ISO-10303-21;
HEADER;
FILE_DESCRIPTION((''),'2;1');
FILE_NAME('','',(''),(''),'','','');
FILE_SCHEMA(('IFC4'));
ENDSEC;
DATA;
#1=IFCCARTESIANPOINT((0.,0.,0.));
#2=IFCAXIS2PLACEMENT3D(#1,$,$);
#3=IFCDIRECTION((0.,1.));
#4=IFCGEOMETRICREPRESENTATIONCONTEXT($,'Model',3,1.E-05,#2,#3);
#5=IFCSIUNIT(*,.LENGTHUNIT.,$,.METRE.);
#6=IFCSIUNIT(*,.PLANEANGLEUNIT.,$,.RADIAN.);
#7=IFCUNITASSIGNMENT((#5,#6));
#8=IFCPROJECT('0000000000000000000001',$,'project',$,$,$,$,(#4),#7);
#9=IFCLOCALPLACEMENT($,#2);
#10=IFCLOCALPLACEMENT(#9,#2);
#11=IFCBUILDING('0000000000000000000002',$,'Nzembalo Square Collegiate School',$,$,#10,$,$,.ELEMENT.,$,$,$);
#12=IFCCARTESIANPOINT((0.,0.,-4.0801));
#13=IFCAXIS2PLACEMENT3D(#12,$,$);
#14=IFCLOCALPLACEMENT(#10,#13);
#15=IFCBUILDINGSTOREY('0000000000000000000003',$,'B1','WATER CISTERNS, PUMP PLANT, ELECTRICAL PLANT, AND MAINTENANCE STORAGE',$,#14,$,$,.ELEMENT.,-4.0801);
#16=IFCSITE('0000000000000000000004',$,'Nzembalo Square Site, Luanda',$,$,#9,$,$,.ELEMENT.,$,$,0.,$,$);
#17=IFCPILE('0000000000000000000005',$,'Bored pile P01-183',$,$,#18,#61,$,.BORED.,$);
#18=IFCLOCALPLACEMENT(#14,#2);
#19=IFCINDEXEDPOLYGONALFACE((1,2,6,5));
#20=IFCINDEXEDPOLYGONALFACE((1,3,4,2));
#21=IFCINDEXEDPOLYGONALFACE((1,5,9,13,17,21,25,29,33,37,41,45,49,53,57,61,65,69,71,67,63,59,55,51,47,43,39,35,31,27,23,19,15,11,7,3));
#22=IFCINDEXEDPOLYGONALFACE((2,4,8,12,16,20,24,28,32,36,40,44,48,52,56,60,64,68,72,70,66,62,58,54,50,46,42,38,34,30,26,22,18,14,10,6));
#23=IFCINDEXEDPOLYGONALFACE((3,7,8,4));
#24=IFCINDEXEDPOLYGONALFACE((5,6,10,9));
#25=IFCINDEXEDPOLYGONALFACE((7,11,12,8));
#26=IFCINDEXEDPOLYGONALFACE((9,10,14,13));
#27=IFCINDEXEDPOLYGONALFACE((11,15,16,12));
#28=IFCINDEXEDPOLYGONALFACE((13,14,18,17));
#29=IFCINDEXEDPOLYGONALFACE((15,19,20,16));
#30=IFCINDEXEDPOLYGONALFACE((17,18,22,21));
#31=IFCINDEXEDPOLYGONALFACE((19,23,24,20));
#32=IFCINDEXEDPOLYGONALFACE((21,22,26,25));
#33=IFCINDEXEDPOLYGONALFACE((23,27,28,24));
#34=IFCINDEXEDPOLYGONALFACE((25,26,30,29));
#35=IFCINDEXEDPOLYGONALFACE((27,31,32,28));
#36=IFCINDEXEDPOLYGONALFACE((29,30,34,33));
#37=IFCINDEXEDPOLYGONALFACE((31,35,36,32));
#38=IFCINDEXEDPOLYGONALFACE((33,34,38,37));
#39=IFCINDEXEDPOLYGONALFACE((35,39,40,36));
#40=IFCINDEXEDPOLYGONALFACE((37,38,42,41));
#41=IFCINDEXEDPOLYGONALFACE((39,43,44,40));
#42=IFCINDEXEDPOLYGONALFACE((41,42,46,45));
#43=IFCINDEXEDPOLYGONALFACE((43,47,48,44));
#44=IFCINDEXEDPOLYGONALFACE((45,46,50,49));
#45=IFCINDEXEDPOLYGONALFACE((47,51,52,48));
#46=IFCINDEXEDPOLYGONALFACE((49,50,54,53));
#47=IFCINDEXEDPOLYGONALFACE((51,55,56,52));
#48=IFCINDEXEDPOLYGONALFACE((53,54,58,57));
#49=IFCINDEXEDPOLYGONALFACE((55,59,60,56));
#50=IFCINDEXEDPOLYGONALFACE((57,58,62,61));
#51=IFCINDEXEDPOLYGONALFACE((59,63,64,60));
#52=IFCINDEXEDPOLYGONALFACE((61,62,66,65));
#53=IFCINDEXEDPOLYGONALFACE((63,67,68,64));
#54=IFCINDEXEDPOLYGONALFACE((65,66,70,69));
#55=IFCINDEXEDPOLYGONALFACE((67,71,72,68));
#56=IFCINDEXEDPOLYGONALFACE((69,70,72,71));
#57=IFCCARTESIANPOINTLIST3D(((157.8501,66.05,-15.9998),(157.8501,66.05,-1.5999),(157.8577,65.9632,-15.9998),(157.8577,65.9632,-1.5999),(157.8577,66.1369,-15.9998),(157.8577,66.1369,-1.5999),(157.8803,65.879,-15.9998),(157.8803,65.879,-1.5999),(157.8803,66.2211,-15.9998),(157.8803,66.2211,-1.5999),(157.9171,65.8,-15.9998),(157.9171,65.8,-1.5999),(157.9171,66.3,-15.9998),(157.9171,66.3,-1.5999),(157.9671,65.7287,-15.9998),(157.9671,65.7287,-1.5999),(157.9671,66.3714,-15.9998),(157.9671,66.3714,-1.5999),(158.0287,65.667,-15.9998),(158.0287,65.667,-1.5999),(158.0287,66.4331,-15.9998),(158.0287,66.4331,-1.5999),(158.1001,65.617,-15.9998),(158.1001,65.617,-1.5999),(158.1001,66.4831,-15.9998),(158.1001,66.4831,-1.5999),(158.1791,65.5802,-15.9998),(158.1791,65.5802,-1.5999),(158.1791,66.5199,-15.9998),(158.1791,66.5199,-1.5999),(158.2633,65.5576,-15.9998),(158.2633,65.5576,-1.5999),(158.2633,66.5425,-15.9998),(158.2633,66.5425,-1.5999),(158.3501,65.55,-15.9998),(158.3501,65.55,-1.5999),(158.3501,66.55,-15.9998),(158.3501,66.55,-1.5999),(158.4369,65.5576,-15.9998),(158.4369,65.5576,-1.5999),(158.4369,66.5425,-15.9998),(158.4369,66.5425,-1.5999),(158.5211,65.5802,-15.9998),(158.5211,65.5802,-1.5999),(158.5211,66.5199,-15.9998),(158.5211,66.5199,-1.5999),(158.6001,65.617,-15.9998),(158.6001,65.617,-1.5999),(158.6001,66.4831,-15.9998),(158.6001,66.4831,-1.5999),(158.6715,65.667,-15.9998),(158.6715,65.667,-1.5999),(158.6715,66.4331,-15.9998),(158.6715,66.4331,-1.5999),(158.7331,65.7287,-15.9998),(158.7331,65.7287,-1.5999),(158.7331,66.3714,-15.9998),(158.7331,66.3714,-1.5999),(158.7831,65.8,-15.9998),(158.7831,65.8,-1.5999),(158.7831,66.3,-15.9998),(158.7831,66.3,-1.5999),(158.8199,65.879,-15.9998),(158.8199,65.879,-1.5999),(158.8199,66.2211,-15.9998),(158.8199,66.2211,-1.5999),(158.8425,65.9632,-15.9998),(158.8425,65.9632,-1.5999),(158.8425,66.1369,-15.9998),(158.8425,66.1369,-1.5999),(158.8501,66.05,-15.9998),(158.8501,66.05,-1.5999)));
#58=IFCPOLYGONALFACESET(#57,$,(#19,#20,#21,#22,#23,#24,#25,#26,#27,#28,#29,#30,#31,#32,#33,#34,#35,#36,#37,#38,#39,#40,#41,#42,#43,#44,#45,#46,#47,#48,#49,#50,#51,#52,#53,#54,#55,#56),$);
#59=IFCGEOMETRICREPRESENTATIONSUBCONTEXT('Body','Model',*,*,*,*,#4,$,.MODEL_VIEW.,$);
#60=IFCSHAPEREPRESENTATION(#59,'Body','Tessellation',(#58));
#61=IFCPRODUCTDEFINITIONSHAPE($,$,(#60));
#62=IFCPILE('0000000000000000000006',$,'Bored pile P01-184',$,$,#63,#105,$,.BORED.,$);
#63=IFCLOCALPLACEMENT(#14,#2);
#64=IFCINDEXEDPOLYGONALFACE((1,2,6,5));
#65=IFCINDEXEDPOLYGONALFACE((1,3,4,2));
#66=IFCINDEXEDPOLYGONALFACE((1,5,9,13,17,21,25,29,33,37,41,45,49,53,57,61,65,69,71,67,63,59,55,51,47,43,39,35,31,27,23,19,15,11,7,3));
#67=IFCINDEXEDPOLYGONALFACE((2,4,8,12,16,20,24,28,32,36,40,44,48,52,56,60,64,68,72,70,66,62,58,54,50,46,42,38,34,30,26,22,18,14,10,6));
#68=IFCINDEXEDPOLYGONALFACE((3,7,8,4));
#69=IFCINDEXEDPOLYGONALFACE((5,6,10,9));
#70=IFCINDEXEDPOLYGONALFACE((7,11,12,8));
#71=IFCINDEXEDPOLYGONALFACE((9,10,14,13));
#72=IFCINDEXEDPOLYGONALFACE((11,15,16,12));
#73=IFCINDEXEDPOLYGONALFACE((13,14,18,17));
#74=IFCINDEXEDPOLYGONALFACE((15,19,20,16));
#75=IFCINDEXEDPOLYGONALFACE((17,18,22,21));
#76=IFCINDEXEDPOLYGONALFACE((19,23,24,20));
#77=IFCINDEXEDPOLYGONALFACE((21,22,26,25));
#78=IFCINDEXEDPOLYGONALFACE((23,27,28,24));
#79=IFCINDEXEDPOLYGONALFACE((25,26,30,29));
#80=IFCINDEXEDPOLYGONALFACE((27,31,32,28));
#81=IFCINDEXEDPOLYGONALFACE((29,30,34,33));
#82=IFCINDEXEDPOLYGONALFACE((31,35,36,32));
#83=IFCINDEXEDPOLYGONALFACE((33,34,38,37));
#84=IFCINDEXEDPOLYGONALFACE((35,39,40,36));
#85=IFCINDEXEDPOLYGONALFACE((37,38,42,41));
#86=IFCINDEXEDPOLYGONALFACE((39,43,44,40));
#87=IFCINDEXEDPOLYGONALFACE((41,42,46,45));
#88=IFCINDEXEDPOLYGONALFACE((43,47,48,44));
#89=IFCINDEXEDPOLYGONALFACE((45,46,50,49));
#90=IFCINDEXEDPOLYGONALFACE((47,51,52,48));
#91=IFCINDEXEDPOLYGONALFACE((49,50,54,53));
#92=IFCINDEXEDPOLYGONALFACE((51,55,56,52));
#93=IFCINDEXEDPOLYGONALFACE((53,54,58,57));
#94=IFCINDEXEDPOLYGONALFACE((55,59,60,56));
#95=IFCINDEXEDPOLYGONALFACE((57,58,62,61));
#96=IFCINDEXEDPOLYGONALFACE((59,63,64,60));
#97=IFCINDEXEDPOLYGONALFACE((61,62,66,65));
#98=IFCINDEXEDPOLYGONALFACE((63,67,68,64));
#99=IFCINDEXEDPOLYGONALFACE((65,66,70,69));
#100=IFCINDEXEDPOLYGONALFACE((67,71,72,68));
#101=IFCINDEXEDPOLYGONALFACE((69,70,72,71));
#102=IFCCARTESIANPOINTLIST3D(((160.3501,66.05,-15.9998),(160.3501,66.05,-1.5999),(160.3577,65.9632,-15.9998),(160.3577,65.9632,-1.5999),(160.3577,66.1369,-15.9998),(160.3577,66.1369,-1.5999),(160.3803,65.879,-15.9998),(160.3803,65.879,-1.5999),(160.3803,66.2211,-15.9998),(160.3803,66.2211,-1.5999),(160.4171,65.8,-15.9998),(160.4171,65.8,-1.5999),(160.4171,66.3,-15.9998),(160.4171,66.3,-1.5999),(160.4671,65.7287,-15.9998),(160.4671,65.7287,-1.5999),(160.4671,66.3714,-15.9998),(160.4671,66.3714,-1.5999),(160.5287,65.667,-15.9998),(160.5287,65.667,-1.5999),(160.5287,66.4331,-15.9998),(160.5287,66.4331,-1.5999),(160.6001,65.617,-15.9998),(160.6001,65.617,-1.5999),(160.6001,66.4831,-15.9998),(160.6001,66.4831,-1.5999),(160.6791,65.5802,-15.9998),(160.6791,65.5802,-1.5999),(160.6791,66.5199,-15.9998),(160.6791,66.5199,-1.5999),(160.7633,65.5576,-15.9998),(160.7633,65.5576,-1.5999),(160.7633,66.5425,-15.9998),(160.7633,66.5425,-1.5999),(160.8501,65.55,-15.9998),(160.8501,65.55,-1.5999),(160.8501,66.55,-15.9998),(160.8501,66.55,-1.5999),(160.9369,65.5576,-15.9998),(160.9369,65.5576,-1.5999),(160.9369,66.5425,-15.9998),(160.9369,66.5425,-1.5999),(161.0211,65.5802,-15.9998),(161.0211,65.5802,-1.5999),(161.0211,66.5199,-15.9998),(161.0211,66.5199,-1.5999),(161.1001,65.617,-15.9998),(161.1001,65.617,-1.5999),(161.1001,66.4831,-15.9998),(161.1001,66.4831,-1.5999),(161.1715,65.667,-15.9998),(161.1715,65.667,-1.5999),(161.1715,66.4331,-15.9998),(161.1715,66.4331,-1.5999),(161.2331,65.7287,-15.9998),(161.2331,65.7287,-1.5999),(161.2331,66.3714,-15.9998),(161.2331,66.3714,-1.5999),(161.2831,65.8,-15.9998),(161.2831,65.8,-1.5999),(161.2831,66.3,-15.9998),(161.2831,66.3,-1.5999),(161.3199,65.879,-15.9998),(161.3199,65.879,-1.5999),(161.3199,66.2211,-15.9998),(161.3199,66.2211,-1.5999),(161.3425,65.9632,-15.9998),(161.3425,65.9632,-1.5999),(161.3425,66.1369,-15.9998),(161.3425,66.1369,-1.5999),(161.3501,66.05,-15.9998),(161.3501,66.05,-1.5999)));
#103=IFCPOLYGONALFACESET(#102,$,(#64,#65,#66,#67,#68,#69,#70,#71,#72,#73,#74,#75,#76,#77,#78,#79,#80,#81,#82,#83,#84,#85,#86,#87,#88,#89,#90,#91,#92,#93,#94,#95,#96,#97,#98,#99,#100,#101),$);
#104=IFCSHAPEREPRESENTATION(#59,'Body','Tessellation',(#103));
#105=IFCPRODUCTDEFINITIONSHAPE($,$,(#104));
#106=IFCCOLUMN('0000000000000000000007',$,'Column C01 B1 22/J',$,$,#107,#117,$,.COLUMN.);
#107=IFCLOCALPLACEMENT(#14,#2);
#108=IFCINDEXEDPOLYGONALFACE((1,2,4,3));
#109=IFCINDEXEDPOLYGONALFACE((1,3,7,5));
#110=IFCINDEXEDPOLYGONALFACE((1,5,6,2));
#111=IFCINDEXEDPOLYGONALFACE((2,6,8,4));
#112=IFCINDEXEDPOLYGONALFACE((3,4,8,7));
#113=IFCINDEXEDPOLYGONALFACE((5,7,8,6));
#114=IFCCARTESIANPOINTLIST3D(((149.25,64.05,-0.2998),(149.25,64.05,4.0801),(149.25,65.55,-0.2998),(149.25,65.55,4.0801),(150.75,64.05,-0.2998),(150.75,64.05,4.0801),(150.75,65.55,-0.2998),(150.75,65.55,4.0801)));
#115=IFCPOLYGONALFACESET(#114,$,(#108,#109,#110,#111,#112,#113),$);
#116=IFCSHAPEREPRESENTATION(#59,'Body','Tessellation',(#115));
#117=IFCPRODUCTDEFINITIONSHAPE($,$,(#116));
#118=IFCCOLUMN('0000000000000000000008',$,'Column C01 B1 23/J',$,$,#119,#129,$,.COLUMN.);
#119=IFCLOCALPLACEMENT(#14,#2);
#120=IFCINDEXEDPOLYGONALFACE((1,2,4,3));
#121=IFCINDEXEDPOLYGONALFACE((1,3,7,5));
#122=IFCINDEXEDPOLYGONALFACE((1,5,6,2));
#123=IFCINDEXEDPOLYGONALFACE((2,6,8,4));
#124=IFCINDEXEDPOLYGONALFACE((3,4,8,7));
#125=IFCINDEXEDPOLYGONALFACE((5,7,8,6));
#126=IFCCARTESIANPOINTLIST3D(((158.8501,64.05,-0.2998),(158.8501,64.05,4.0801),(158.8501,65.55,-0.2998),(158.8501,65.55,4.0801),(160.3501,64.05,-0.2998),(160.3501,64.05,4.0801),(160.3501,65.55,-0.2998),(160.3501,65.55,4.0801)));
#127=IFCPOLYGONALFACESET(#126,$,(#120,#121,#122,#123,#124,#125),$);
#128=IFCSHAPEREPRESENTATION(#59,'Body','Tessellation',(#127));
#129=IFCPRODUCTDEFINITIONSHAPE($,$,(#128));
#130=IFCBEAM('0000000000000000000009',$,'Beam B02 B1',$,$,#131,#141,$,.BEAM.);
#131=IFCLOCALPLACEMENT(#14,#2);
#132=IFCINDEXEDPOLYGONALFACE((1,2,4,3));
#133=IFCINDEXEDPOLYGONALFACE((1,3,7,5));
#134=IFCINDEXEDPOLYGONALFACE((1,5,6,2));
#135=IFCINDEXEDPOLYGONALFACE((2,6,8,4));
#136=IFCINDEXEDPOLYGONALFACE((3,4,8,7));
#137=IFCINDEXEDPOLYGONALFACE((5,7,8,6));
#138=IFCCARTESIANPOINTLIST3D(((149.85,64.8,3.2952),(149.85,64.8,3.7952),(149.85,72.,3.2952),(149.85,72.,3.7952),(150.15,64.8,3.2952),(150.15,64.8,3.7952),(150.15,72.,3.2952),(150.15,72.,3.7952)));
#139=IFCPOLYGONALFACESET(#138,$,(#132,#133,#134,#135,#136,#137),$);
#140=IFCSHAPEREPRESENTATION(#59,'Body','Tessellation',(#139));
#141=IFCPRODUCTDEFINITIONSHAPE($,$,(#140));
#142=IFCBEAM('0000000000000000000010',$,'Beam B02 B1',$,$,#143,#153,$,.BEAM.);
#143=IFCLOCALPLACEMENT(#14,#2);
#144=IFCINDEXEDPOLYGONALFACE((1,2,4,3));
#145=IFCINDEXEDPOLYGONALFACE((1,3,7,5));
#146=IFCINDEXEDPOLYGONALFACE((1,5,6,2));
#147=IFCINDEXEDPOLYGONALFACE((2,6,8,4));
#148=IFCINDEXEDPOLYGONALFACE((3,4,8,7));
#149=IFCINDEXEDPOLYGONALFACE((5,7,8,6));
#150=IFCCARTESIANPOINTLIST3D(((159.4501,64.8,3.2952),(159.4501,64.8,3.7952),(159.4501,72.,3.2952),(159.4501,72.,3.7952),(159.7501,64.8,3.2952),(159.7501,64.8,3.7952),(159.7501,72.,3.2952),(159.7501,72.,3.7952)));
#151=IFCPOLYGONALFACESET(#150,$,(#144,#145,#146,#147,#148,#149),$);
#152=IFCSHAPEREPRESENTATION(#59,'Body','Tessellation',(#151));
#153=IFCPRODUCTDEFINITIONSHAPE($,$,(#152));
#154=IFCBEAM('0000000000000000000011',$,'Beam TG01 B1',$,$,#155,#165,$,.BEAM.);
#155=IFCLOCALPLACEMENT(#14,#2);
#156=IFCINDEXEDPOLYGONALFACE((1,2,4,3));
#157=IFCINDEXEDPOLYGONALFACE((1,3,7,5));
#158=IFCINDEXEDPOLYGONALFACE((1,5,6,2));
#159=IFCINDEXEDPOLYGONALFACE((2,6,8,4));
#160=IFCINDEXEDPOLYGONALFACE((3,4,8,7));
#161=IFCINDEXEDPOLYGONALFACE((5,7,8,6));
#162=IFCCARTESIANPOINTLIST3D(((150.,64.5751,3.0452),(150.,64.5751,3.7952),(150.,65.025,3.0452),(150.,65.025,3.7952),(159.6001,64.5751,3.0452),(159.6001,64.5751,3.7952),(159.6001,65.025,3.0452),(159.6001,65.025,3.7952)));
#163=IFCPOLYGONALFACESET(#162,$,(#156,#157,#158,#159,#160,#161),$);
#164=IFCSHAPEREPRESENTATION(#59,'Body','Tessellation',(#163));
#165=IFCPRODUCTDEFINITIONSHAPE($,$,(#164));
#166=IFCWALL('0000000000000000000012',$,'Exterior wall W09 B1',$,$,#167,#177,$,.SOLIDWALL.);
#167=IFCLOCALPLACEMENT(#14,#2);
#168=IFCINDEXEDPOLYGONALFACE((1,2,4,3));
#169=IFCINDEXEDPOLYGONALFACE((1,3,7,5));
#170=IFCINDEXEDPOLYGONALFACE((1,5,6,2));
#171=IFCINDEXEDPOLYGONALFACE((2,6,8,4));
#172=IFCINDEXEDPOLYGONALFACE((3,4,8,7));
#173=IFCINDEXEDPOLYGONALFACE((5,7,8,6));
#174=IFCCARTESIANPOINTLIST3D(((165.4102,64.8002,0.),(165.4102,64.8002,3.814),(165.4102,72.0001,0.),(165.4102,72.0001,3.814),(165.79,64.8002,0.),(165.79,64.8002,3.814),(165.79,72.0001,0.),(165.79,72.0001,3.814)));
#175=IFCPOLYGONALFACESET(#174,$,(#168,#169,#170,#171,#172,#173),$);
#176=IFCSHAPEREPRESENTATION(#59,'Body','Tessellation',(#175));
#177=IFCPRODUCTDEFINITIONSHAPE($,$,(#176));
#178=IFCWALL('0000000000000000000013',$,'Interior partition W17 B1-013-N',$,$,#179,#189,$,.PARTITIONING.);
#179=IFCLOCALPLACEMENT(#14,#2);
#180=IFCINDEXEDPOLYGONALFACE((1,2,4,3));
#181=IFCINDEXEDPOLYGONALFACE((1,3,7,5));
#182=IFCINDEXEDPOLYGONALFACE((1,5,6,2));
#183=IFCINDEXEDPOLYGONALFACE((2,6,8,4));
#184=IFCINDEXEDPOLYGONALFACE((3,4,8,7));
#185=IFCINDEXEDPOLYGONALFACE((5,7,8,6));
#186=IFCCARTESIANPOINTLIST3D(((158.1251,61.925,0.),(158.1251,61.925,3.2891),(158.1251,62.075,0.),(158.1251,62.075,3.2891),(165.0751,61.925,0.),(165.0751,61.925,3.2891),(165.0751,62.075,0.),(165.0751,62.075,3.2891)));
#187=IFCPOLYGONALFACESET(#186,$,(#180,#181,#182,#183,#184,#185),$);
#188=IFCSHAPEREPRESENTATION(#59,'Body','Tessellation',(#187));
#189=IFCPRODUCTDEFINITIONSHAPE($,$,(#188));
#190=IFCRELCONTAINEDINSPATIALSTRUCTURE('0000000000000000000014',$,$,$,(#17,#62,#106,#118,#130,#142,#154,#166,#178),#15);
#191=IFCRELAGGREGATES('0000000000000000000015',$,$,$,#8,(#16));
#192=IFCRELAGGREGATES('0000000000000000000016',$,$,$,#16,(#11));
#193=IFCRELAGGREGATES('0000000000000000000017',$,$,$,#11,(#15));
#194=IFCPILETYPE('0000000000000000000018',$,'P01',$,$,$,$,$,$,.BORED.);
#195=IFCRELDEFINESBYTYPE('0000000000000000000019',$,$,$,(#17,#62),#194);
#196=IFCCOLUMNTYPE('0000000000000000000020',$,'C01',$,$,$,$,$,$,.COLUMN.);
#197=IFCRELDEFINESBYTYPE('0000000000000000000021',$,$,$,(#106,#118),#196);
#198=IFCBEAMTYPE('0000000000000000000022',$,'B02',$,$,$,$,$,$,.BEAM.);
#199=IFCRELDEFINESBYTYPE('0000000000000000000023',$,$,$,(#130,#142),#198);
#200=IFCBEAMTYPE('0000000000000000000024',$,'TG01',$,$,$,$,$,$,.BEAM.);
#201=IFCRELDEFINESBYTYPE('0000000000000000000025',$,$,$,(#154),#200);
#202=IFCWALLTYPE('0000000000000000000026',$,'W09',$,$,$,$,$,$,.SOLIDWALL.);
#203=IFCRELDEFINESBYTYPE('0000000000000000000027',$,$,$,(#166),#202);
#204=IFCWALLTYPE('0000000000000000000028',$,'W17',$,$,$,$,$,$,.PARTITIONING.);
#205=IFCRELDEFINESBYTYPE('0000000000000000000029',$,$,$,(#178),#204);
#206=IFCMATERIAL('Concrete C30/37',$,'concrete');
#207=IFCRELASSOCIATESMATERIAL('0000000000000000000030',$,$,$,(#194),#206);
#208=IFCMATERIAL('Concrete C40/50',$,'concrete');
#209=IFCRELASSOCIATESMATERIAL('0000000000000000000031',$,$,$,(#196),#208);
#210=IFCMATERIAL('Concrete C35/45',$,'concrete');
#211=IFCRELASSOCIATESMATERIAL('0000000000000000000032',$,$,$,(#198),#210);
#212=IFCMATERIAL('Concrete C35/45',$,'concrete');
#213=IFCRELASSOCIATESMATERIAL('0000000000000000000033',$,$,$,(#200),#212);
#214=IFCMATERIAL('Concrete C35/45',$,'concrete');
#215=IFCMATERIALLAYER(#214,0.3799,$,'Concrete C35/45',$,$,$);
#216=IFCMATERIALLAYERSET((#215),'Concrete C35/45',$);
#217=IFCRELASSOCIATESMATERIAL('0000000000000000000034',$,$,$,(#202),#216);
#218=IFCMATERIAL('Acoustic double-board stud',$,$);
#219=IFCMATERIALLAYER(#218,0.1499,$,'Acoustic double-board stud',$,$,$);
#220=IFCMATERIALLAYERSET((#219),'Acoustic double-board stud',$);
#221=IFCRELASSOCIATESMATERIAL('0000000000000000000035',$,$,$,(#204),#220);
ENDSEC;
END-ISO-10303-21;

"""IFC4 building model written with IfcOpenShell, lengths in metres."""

from ifc_helpers import new_model, si_unit, direction, frame, frame_2d, origin, origin_2d, place, context, subcontext, project, spatial, rectangle, circle, extrude, material, layer, layer_set, material_profile, profile_set, type_object, element, save


model = new_model("IFC4")

# Units and contexts
model_context = context("Model", 3, precision=1e-05, world=origin(), true_north=direction((0.0, 1.0)))
body_context = subcontext(model_context, "Body", "Model", "MODEL_VIEW")
ifc_project = project(units=[si_unit("LENGTHUNIT", "METRE"), si_unit("PLANEANGLEUNIT", "RADIAN")], contexts=[model_context])

# Site, building, storey
site_placement = place(None, origin())
site = spatial("IfcSite", under=ifc_project, at=site_placement, Name="Nzembalo Square Site, Luanda", CompositionType="ELEMENT", RefElevation=0.0)
building_placement = place(site_placement, origin())
building = spatial("IfcBuilding", under=site, at=building_placement, Name="Nzembalo Square Collegiate School", CompositionType="ELEMENT")
storey_placement = place(building_placement, frame((0.0, 0.0, -4.0801)))
storey = spatial("IfcBuildingStorey", under=building, at=storey_placement, Name="B1", Description="WATER CISTERNS, PUMP PLANT, ELECTRICAL PLANT, AND MAINTENANCE STORAGE", CompositionType="ELEMENT", Elevation=-4.0801)

# Piles
ifc_material_1 = material(Name="Concrete C30/37", Category="concrete")
ifc_material_profile_1 = material_profile(ifc_material_1, circle(Radius=0.5, at=origin_2d()), Name="PILE D1000")
ifc_profile_set_1 = profile_set([ifc_material_profile_1], Name="Concrete C30/37")
pile_type = type_object("IfcPileType", Name="P01", PredefinedType="BORED", material=ifc_profile_set_1)
for number, where, z_axis, x_axis, name in (
    (1, (158.3501, 66.05, -1.5999), (0.0, 0.0, -1.0), (1.0, 0.0, 0.0), "Bored pile P01-183"),
    (2, (160.8501, 66.05, -1.5999), (0.0, 0.0, -1.0), (1.0, 0.0, 0.0), "Bored pile P01-184"),
):
    element("IfcPile", number, at=place(storey_placement, frame(where, z_axis=z_axis, x_axis=x_axis)), inside=storey, type_object=pile_type, Name=name, PredefinedType="BORED", context=body_context, shape_type="SweptSolid", body=[
        extrude(circle(Radius=0.5, at=origin_2d()), origin(), (0.0, 0.0, 1.0), 14.3999),
    ])

# Columns
ifc_material_2 = material(Name="Concrete C40/50", Category="concrete")
ifc_material_profile_2 = material_profile(ifc_material_2, rectangle(XDim=1.5, YDim=1.5, at=origin_2d()), Name="RC 1500x1500")
ifc_profile_set_2 = profile_set([ifc_material_profile_2], Name="Concrete C40/50")
column_type = type_object("IfcColumnType", Name="C01", PredefinedType="COLUMN", material=ifc_profile_set_2)
for number, where, z_axis, x_axis, name in (
    (3, (150.0, 64.8, -0.2998), (0.0, 0.0, 1.0), (1.0, 0.0, 0.0), "Column C01 B1 22/J"),
    (4, (159.6001, 64.8, -0.2998), (0.0, 0.0, 1.0), (1.0, 0.0, 0.0), "Column C01 B1 23/J"),
):
    element("IfcColumn", number, at=place(storey_placement, frame(where, z_axis=z_axis, x_axis=x_axis)), inside=storey, type_object=column_type, Name=name, PredefinedType="COLUMN", context=body_context, shape_type="SweptSolid", body=[
        extrude(rectangle(XDim=1.5, YDim=1.5, at=origin_2d()), origin(), (0.0, 0.0, 1.0), 4.3799),
    ])

# Beams
ifc_material_3 = material(Name="Concrete C35/45", Category="concrete")
ifc_material_profile_3 = material_profile(ifc_material_3, rectangle(XDim=0.3, YDim=0.5, at=origin_2d()), Name="RC 300x500")
ifc_profile_set_3 = profile_set([ifc_material_profile_3], Name="Concrete C35/45")
beam_type_1 = type_object("IfcBeamType", Name="B02", PredefinedType="BEAM", material=ifc_profile_set_3)
for number, where, z_axis, x_axis, name in (
    (5, (150.0, 64.8, 3.5452), (0.0, 1.0, 0.0), (-1.0, 0.0, 0.0), "Beam B02 B1"),
    (6, (159.6001, 64.8, 3.5452), (0.0, 1.0, 0.0), (-1.0, 0.0, 0.0), "Beam B02 B1"),
):
    element("IfcBeam", number, at=place(storey_placement, frame(where, z_axis=z_axis, x_axis=x_axis)), inside=storey, type_object=beam_type_1, Name=name, PredefinedType="BEAM", context=body_context, shape_type="SweptSolid", body=[
        extrude(rectangle(XDim=0.3, YDim=0.5, at=origin_2d()), origin(), (0.0, 0.0, 1.0), 7.2),
    ])
ifc_material_4 = material(Name="Concrete C35/45", Category="concrete")
ifc_material_profile_4 = material_profile(ifc_material_4, rectangle(XDim=0.45, YDim=0.75, at=origin_2d()), Name="RC 450x750")
ifc_profile_set_4 = profile_set([ifc_material_profile_4], Name="Concrete C35/45")
beam_type_2 = type_object("IfcBeamType", Name="TG01", PredefinedType="BEAM", material=ifc_profile_set_4)
beam_placement = place(storey_placement, frame((150.0, 64.8, 3.4202), z_axis=(1.0, 0.0, 0.0), x_axis=(0.0, 1.0, 0.0)))
element("IfcBeam", 7, at=beam_placement, inside=storey, type_object=beam_type_2, Name="Beam TG01 B1", PredefinedType="BEAM", context=body_context, shape_type="SweptSolid", body=[
    extrude(rectangle(XDim=0.45, YDim=0.75, at=origin_2d()), origin(), (0.0, 0.0, 1.0), 9.6001),
])

# Walls
ifc_material_5 = material(Name="Concrete C35/45", Category="concrete")
ifc_layer_1 = layer(ifc_material_5, 0.3799, Name="Concrete C35/45")
ifc_layer_set_1 = layer_set([ifc_layer_1], Name="Concrete C35/45")
wall_type_1 = type_object("IfcWallType", Name="W09", PredefinedType="SOLIDWALL", material=ifc_layer_set_1)
wall_1_placement = place(storey_placement, frame((165.6001, 64.8, 0.0), z_axis=(0.0, 0.0, 1.0), x_axis=(0.0, 1.0, 0.0)))
element("IfcWall", 8, at=wall_1_placement, inside=storey, type_object=wall_type_1, Name="Exterior wall W09 B1", PredefinedType="SOLIDWALL", context=body_context, shape_type="SweptSolid", body=[
    extrude(rectangle(XDim=7.2, YDim=0.3799, at=frame_2d((3.6001, 0.0))), origin(), (0.0, 0.0, 1.0), 3.814),
])
ifc_material_6 = material(Name="Acoustic double-board stud")
ifc_layer_2 = layer(ifc_material_6, 0.1499, Name="Acoustic double-board stud")
ifc_layer_set_2 = layer_set([ifc_layer_2], Name="Acoustic double-board stud")
wall_type_2 = type_object("IfcWallType", Name="W17", PredefinedType="PARTITIONING", material=ifc_layer_set_2)
wall_2_placement = place(storey_placement, frame((158.125, 62.0, 0.0), z_axis=(0.0, 0.0, 1.0), x_axis=(1.0, 0.0, 0.0)))
element("IfcWall", 9, at=wall_2_placement, inside=storey, type_object=wall_type_2, Name="Interior partition W17 B1-013-N", PredefinedType="PARTITIONING", context=body_context, shape_type="SweptSolid", body=[
    extrude(rectangle(XDim=6.95, YDim=0.1499, at=frame_2d((3.4751, 0.0))), origin(), (0.0, 0.0, 1.0), 3.2891),
])

save(model, "model.ifc")
